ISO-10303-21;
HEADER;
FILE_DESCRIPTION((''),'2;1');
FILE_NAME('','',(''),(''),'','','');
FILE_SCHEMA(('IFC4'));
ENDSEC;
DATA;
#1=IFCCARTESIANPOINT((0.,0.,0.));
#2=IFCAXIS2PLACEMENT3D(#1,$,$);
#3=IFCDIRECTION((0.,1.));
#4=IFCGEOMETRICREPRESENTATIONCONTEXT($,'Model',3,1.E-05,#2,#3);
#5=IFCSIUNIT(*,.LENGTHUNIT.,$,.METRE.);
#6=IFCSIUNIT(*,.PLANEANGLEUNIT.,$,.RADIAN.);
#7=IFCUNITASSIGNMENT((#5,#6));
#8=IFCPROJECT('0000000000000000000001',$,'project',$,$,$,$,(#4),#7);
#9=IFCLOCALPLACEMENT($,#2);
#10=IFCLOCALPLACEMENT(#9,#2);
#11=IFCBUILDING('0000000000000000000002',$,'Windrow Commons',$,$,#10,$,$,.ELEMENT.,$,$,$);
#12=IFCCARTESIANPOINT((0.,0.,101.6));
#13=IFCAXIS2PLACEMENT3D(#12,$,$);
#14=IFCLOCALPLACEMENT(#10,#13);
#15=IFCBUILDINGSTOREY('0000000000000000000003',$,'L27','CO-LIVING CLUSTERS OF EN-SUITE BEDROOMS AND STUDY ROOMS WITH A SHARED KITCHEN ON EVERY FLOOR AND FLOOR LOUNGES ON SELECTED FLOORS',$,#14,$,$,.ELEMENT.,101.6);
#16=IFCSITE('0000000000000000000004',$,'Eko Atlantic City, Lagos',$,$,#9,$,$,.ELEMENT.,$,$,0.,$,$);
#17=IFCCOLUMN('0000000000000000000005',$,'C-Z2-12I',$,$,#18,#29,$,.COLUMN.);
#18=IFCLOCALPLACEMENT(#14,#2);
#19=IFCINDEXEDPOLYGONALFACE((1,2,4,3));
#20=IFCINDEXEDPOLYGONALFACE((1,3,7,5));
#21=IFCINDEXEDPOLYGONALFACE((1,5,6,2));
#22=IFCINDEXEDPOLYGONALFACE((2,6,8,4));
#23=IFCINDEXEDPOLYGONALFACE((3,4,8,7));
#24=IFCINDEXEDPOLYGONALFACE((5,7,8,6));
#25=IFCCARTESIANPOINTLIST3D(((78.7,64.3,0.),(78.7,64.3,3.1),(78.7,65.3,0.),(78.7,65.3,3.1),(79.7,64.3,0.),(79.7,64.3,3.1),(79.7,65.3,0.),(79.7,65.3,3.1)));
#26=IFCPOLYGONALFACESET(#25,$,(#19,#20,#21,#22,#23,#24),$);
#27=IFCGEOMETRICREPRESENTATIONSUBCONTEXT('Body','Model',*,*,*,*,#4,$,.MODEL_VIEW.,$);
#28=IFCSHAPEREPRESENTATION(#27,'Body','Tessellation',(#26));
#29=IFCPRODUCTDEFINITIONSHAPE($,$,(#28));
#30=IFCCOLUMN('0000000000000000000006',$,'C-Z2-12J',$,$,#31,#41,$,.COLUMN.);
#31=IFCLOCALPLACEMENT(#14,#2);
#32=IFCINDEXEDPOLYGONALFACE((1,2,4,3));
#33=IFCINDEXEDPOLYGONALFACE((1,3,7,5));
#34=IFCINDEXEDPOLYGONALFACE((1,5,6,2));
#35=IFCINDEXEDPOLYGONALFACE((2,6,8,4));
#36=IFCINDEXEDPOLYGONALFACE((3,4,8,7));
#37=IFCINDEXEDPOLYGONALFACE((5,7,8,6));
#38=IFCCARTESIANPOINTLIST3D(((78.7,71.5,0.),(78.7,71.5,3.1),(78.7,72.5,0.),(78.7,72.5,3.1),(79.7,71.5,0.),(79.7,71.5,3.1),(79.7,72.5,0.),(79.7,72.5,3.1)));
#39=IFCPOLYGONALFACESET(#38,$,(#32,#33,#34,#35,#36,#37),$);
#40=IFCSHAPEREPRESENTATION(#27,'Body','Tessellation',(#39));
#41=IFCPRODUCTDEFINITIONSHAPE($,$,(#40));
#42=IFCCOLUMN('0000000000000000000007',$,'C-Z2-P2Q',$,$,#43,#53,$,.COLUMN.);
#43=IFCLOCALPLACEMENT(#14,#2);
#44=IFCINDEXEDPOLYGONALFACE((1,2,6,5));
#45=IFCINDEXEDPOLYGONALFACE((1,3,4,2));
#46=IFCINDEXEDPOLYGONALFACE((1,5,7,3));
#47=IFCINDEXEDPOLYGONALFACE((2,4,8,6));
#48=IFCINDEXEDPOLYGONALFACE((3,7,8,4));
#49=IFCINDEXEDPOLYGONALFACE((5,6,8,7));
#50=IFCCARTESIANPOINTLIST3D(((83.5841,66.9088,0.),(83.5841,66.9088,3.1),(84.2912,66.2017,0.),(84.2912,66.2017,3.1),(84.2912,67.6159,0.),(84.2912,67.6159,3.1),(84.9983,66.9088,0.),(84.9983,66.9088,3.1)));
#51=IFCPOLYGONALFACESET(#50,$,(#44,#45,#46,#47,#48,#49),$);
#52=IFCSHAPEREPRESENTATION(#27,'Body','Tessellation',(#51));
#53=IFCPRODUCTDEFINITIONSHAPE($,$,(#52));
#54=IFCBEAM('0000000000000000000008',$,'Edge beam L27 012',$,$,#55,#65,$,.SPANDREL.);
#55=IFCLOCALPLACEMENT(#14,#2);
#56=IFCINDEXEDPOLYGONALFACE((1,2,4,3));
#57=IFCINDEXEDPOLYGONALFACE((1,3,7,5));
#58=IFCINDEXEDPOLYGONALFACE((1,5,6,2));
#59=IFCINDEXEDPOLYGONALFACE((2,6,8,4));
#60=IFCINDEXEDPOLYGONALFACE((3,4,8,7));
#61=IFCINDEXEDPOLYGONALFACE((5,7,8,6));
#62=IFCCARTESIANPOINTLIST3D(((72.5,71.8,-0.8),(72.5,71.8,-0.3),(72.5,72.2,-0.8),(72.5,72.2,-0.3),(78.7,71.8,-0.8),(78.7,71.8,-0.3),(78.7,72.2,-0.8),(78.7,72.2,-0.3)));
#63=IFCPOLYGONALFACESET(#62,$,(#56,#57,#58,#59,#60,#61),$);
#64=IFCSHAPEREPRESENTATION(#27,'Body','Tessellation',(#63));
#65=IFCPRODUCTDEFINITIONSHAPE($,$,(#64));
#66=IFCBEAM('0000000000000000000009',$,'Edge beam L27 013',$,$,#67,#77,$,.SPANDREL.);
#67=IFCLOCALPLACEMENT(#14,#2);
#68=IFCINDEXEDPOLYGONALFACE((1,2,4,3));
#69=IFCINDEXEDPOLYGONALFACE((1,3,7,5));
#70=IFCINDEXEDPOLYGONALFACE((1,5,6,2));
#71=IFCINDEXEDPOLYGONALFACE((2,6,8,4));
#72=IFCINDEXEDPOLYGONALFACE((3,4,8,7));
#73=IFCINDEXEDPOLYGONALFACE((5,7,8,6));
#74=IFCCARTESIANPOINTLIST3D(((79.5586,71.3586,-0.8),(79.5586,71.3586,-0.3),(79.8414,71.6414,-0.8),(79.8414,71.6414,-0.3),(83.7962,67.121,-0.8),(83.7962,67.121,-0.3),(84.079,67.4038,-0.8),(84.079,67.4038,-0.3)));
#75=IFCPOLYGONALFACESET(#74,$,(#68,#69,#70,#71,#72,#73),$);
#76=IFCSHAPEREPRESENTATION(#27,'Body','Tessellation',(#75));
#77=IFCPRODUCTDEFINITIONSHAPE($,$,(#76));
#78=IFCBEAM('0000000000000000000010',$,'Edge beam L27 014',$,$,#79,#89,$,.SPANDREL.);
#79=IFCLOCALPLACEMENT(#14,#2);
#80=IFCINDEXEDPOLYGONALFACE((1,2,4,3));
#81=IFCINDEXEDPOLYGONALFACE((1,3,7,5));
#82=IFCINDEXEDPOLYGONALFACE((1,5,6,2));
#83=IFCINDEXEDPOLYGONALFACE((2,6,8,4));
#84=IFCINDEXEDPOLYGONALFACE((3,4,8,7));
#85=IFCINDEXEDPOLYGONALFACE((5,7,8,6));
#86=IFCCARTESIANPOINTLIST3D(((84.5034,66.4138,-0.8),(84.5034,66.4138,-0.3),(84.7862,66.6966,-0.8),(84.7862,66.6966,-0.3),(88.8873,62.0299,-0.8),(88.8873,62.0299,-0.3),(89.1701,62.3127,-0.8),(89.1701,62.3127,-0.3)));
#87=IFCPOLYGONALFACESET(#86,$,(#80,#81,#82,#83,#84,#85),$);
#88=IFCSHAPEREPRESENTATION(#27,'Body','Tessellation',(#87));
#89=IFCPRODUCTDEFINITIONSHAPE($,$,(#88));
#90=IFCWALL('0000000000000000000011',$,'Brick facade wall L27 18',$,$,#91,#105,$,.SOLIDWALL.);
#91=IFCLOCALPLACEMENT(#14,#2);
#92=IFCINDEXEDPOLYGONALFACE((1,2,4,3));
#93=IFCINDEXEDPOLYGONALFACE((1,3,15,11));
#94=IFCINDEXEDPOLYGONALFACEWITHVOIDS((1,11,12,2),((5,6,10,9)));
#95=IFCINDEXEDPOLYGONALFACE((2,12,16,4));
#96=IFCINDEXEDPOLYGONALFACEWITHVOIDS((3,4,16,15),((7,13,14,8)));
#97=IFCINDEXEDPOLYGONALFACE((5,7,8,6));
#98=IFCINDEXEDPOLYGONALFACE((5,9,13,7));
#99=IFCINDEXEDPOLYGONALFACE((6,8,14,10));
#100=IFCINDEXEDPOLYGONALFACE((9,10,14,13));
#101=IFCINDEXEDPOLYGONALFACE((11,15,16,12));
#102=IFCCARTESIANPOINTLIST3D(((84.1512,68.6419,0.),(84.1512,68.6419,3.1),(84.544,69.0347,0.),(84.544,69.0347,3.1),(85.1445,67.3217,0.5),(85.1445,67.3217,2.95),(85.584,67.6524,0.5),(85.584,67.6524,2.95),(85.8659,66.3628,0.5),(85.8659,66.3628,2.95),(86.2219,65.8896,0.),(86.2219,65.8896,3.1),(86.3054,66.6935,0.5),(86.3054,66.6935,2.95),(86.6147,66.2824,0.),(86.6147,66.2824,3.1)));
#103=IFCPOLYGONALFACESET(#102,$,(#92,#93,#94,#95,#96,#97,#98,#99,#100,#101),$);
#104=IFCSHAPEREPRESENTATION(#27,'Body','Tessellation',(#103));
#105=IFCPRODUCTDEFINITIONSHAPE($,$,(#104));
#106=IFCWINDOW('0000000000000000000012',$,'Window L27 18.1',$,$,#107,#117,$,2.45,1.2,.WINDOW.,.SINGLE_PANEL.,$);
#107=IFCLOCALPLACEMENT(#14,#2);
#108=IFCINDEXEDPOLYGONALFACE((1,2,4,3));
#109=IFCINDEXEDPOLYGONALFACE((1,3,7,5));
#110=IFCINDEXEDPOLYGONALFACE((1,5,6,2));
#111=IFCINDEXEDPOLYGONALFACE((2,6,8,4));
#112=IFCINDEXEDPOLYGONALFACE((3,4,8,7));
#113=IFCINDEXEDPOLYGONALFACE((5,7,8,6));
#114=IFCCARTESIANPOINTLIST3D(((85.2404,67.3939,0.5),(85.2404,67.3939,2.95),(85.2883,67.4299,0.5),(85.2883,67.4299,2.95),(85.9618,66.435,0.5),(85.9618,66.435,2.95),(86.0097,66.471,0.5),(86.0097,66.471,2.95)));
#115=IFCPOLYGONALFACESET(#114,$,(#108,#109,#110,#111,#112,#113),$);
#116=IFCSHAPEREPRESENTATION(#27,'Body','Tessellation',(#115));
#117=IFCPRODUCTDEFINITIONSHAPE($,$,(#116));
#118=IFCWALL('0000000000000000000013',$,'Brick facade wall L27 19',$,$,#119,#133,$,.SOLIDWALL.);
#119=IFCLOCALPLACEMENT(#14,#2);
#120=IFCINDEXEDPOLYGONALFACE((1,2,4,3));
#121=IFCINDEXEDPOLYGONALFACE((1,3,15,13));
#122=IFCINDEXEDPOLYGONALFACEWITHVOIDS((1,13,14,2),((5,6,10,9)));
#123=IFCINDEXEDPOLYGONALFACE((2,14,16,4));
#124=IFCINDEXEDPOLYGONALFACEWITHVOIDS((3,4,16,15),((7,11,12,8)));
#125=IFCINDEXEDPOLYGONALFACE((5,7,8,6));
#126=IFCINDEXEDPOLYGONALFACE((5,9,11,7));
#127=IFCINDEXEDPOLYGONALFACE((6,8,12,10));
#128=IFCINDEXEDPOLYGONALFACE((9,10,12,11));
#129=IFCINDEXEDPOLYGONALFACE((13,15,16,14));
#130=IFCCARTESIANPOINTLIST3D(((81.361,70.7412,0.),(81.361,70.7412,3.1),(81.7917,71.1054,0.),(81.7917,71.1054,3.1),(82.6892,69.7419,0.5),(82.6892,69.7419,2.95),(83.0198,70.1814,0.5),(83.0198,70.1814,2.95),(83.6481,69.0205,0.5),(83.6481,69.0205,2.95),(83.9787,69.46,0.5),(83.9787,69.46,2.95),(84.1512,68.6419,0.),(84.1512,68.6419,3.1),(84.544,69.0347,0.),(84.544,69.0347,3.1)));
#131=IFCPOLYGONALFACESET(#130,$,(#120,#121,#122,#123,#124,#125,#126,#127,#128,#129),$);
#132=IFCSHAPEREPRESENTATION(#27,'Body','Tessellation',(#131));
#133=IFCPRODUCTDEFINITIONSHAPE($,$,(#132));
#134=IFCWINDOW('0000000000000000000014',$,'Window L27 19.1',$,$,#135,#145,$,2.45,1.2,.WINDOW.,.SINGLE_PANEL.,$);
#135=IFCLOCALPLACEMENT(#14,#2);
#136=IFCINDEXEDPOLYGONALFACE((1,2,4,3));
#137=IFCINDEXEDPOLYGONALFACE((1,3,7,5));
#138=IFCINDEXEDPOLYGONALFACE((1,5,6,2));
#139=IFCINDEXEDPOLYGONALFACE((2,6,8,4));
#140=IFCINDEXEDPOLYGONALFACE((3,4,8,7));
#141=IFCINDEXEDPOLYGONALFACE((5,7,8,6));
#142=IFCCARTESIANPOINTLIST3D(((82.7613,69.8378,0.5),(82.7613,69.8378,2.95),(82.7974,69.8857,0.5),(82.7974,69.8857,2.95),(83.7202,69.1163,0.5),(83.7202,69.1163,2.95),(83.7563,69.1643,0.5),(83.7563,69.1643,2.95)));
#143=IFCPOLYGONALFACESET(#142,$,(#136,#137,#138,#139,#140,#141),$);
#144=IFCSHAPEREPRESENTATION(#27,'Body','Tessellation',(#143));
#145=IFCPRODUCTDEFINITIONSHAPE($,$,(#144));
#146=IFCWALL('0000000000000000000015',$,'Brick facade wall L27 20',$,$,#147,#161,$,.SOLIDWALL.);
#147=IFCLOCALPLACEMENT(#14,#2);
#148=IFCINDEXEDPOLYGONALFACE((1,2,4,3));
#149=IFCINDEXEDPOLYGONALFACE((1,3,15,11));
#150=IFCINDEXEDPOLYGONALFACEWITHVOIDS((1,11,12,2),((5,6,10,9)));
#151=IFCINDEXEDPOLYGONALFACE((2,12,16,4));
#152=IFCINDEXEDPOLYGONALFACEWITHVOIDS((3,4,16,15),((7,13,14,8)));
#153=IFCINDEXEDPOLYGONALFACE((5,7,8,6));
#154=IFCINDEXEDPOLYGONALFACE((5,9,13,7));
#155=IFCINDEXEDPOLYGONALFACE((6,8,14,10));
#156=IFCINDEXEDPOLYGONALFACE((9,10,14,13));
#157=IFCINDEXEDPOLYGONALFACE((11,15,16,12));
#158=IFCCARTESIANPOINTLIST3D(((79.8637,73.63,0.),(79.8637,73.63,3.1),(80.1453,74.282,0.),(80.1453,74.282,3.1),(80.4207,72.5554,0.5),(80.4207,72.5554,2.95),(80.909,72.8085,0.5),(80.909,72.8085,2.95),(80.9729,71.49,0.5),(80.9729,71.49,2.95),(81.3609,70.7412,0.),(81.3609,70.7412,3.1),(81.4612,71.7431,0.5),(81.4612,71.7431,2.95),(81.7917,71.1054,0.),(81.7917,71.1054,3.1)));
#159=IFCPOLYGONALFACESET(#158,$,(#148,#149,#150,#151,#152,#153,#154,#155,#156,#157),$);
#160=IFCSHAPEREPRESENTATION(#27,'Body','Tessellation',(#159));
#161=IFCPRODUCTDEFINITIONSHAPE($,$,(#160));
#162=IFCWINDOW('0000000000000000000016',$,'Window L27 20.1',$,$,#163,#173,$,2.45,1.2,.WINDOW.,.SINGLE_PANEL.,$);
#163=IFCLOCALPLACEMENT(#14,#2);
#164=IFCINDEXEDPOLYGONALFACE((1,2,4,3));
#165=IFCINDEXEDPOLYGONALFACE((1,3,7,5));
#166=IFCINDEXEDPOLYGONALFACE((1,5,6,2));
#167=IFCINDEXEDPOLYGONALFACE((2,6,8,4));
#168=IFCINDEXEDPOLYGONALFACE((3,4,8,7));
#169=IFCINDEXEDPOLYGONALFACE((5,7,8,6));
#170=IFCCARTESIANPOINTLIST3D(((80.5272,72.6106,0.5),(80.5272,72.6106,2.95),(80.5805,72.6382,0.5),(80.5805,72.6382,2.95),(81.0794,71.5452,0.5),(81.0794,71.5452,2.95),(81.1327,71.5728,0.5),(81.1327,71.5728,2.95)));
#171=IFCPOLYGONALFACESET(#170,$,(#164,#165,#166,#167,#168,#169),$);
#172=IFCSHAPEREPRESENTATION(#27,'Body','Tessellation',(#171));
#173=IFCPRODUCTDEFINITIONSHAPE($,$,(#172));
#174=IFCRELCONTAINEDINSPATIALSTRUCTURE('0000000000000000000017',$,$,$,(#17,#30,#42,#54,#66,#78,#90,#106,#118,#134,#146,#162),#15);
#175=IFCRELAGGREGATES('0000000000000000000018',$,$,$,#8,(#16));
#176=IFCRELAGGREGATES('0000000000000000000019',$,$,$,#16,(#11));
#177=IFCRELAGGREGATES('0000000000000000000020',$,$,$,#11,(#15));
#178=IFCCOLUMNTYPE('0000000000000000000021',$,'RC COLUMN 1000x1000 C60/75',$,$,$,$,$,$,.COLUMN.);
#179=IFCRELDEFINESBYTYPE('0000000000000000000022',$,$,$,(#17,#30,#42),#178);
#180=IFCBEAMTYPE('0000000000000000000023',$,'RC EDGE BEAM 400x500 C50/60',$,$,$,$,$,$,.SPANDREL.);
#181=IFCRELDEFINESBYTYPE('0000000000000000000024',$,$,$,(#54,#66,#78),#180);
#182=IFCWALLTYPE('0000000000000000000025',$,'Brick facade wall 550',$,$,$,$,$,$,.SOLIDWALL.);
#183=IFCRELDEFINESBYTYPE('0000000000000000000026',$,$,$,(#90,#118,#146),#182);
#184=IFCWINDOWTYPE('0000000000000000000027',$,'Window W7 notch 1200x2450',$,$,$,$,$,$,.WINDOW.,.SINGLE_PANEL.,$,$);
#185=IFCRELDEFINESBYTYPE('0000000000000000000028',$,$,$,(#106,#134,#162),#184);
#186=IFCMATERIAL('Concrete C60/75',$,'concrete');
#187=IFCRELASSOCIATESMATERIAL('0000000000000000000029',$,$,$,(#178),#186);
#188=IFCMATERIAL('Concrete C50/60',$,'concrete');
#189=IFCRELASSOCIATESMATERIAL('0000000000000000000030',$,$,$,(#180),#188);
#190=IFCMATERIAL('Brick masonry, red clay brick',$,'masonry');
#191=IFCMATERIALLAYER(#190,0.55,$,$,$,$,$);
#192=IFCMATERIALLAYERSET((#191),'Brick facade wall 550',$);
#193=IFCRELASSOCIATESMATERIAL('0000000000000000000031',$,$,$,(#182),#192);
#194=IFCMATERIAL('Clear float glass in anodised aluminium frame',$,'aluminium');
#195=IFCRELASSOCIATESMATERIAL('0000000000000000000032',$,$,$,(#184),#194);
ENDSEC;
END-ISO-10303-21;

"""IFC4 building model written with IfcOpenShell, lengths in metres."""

from ifc_helpers import new_model, si_unit, direction, frame, frame_2d, origin, origin_2d, place, context, subcontext, project, spatial, polyline, rectangle, outline, extrude, material, layer, layer_set, material_profile, profile_set, type_object, element, fill, save


model = new_model("IFC4")

# Units and contexts
model_context = context("Model", 3, precision=1e-05, world=origin(), true_north=direction((0.0, 1.0)))
body_context = subcontext(model_context, "Body", "Model", "MODEL_VIEW")
ifc_project = project(units=[si_unit("LENGTHUNIT", "METRE"), si_unit("PLANEANGLEUNIT", "RADIAN")], contexts=[model_context])

# Site, building, storey
site_placement = place(None, origin())
site = spatial("IfcSite", under=ifc_project, at=site_placement, Name="Eko Atlantic City, Lagos", CompositionType="ELEMENT", RefElevation=0.0)
building_placement = place(site_placement, origin())
building = spatial("IfcBuilding", under=site, at=building_placement, Name="Windrow Commons", CompositionType="ELEMENT")
storey_placement = place(building_placement, frame((0.0, 0.0, 101.6)))
storey = spatial("IfcBuildingStorey", under=building, at=storey_placement, Name="L27", Description="CO-LIVING CLUSTERS OF EN-SUITE BEDROOMS AND STUDY ROOMS WITH A SHARED KITCHEN ON EVERY FLOOR AND FLOOR LOUNGES ON SELECTED FLOORS", CompositionType="ELEMENT", Elevation=101.6)

# Columns
ifc_material_1 = material(Name="Concrete C60/75", Category="concrete")
ifc_material_profile_1 = material_profile(ifc_material_1, rectangle(XDim=1.0, YDim=1.0, at=origin_2d()))
ifc_profile_set_1 = profile_set([ifc_material_profile_1], Name="Concrete C60/75")
column_type = type_object("IfcColumnType", Name="RC COLUMN 1000x1000 C60/75", PredefinedType="COLUMN", material=ifc_profile_set_1)
for number, where, z_axis, x_axis, name in (
    (1, (79.2, 64.8, 0.0), (0.0, 0.0, 1.0), (1.0, 0.0, 0.0), "C-Z2-12I"),
    (2, (79.2, 72.0, 0.0), (0.0, 0.0, 1.0), (1.0, 0.0, 0.0), "C-Z2-12J"),
    (3, (84.2912, 66.9088, 0.0), (0.0, 0.0, 1.0), (0.707107, -0.707107, 0.0), "C-Z2-P2Q"),
):
    element("IfcColumn", number, at=place(storey_placement, frame(where, z_axis=z_axis, x_axis=x_axis)), inside=storey, type_object=column_type, Name=name, PredefinedType="COLUMN", context=body_context, shape_type="SweptSolid", body=[
        extrude(rectangle(XDim=1.0, YDim=1.0, at=origin_2d()), origin(), (0.0, 0.0, 1.0), 3.1),
    ])

# Beams
ifc_material_2 = material(Name="Concrete C50/60", Category="concrete")
ifc_material_profile_2 = material_profile(ifc_material_2, rectangle(XDim=0.4, YDim=0.5, at=origin_2d()))
ifc_profile_set_2 = profile_set([ifc_material_profile_2], Name="Concrete C50/60")
beam_type = type_object("IfcBeamType", Name="RC EDGE BEAM 400x500 C50/60", PredefinedType="SPANDREL", material=ifc_profile_set_2)
beam_1_placement = place(storey_placement, frame((72.5, 72.0, -0.55), z_axis=(1.0, 0.0, 0.0), x_axis=(0.0, 1.0, 0.0)))
element("IfcBeam", 4, at=beam_1_placement, inside=storey, type_object=beam_type, Name="Edge beam L27 012", PredefinedType="SPANDREL", context=body_context, shape_type="SweptSolid", body=[
    extrude(rectangle(XDim=0.4, YDim=0.5, at=origin_2d()), origin(), (0.0, 0.0, 1.0), 6.2),
])
beam_2_placement = place(storey_placement, frame((79.7, 71.5, -0.55), z_axis=(0.707107, -0.707107, 0.0), x_axis=(0.707107, 0.707107, 0.0)))
element("IfcBeam", 5, at=beam_2_placement, inside=storey, type_object=beam_type, Name="Edge beam L27 013", PredefinedType="SPANDREL", context=body_context, shape_type="SweptSolid", body=[
    extrude(rectangle(XDim=0.4, YDim=0.5, at=origin_2d()), origin(), (0.0, 0.0, 1.0), 5.9929),
])
beam_3_placement = place(storey_placement, frame((84.6448, 66.5552, -0.55), z_axis=(0.707107, -0.707107, 0.0), x_axis=(0.707107, 0.707107, 0.0)))
element("IfcBeam", 6, at=beam_3_placement, inside=storey, type_object=beam_type, Name="Edge beam L27 014", PredefinedType="SPANDREL", context=body_context, shape_type="SweptSolid", body=[
    extrude(rectangle(XDim=0.4, YDim=0.5, at=origin_2d()), origin(), (0.0, 0.0, 1.0), 6.1998),
])

# Walls, openings, windows
ifc_material_3 = material(Name="Brick masonry, red clay brick", Category="masonry")
ifc_layer = layer(ifc_material_3, 0.55)
ifc_layer_set = layer_set([ifc_layer], Name="Brick facade wall 550")
wall_type = type_object("IfcWallType", Name="Brick facade wall 550", PredefinedType="SOLIDWALL", material=ifc_layer_set)
wall_1_placement = place(storey_placement, frame((86.4183, 66.086, 0.0), z_axis=(0.0, 0.0, 1.0), x_axis=(-0.601202, 0.799097, 0.0)))
wall_1 = element("IfcWall", 7, at=wall_1_placement, inside=storey, type_object=wall_type, Name="Brick facade wall L27 18", PredefinedType="SOLIDWALL", context=body_context, shape_type="SweptSolid", body=[
    extrude(outline(polyline([(0.0389, -0.275), (3.4831, -0.275), (3.4054, 0.275), (-0.0389, 0.275), (0.0389, -0.275)])), origin(), (0.0, 0.0, 1.0), 3.1),
])
opening_1_placement = place(wall_1_placement, frame((0.5533, 0.0, 0.5)))
opening_1 = element("IfcOpeningElement", 8, at=opening_1_placement, cuts=wall_1, PredefinedType="OPENING", context=body_context, shape_type="SweptSolid", body=[
    extrude(rectangle(XDim=1.2, YDim=2.45, at=frame_2d((0.6, 1.225))), frame((0.0, 0.285, 0.0), z_axis=(0.0, -1.0, 0.0), x_axis=(1.0, 0.0, 0.0)), (0.0, 0.0, 1.0), 0.57),
])
ifc_material_4 = material(Name="Clear float glass in anodised aluminium frame", Category="aluminium")
window_type_1 = type_object("IfcWindowType", Name="Window W7 notch 1200x2450", PartitioningType="SINGLE_PANEL", PredefinedType="WINDOW", material=ifc_material_4)
window_1_placement = place(opening_1_placement, origin())
window_1 = element("IfcWindow", 9, at=window_1_placement, inside=storey, type_object=window_type_1, Name="Window L27 18.1", OverallHeight=2.45, OverallWidth=1.2, PartitioningType="SINGLE_PANEL", PredefinedType="WINDOW", context=body_context, shape_type="SweptSolid", body=[
    extrude(rectangle(XDim=1.2, YDim=2.45, at=frame_2d((0.6, 1.225))), frame((0.0, 0.155, 0.0), z_axis=(0.0, -1.0, 0.0), x_axis=(1.0, 0.0, 0.0)), (0.0, 0.0, 1.0), 0.06),
])
fill(opening_1, window_1)
wall_2_placement = place(storey_placement, frame((84.3476, 68.8383, 0.0), z_axis=(0.0, 0.0, 1.0), x_axis=(-0.799096, 0.601203, 0.0)))
wall_2 = element("IfcWall", 10, at=wall_2_placement, inside=storey, type_object=wall_type, Name="Brick facade wall L27 19", PredefinedType="SOLIDWALL", context=body_context, shape_type="SweptSolid", body=[
    extrude(outline(polyline([(-0.0389, -0.275), (3.4054, -0.275), (3.5306, 0.275), (0.0389, 0.275), (-0.0389, -0.275)])), origin(), (0.0, 0.0, 1.0), 3.1),
])
opening_2_placement = place(wall_2_placement, frame((0.6685, 0.0, 0.5)))
opening_2 = element("IfcOpeningElement", 11, at=opening_2_placement, cuts=wall_2, PredefinedType="OPENING", context=body_context, shape_type="SweptSolid", body=[
    extrude(rectangle(XDim=1.2, YDim=2.45, at=frame_2d((0.6, 1.225))), frame((0.0, 0.285, 0.0), z_axis=(0.0, -1.0, 0.0), x_axis=(1.0, 0.0, 0.0)), (0.0, 0.0, 1.0), 0.57),
])
window_2_placement = place(opening_2_placement, origin())
window_2 = element("IfcWindow", 12, at=window_2_placement, inside=storey, type_object=window_type_1, Name="Window L27 19.1", OverallHeight=2.45, OverallWidth=1.2, PartitioningType="SINGLE_PANEL", PredefinedType="WINDOW", context=body_context, shape_type="SweptSolid", body=[
    extrude(rectangle(XDim=1.2, YDim=2.45, at=frame_2d((0.6, 1.225))), frame((0.0, 0.155, 0.0), z_axis=(0.0, -1.0, 0.0), x_axis=(1.0, 0.0, 0.0)), (0.0, 0.0, 1.0), 0.06),
])
fill(opening_2, window_2)
wall_3_placement = place(storey_placement, frame((81.5763, 70.9233, 0.0), z_axis=(0.0, 0.0, 1.0), x_axis=(-0.460153, 0.88784, 0.0)))
wall_3 = element("IfcWall", 13, at=wall_3_placement, inside=storey, type_object=wall_type, Name="Brick facade wall L27 20", PredefinedType="SOLIDWALL", context=body_context, shape_type="SweptSolid", body=[
    extrude(outline(polyline([(0.0626, -0.275), (3.6405, -0.275), (3.1912, 0.275), (-0.0626, 0.275), (0.0626, -0.275)])), origin(), (0.0, 0.0, 1.0), 3.1),
])
opening_3_placement = place(wall_3_placement, frame((0.7808, 0.0, 0.5)))
opening_3 = element("IfcOpeningElement", 14, at=opening_3_placement, cuts=wall_3, PredefinedType="OPENING", context=body_context, shape_type="SweptSolid", body=[
    extrude(rectangle(XDim=1.2, YDim=2.45, at=frame_2d((0.6, 1.225))), frame((0.0, 0.285, 0.0), z_axis=(0.0, -1.0, 0.0), x_axis=(1.0, 0.0, 0.0)), (0.0, 0.0, 1.0), 0.57),
])
window_3_placement = place(opening_3_placement, origin())
window_3 = element("IfcWindow", 15, at=window_3_placement, inside=storey, type_object=window_type_1, Name="Window L27 20.1", OverallHeight=2.45, OverallWidth=1.2, PartitioningType="SINGLE_PANEL", PredefinedType="WINDOW", context=body_context, shape_type="SweptSolid", body=[
    extrude(rectangle(XDim=1.2, YDim=2.45, at=frame_2d((0.6, 1.225))), frame((0.0, 0.155, 0.0), z_axis=(0.0, -1.0, 0.0), x_axis=(1.0, 0.0, 0.0)), (0.0, 0.0, 1.0), 0.06),
])
fill(opening_3, window_3)

save(model, "model.ifc")
